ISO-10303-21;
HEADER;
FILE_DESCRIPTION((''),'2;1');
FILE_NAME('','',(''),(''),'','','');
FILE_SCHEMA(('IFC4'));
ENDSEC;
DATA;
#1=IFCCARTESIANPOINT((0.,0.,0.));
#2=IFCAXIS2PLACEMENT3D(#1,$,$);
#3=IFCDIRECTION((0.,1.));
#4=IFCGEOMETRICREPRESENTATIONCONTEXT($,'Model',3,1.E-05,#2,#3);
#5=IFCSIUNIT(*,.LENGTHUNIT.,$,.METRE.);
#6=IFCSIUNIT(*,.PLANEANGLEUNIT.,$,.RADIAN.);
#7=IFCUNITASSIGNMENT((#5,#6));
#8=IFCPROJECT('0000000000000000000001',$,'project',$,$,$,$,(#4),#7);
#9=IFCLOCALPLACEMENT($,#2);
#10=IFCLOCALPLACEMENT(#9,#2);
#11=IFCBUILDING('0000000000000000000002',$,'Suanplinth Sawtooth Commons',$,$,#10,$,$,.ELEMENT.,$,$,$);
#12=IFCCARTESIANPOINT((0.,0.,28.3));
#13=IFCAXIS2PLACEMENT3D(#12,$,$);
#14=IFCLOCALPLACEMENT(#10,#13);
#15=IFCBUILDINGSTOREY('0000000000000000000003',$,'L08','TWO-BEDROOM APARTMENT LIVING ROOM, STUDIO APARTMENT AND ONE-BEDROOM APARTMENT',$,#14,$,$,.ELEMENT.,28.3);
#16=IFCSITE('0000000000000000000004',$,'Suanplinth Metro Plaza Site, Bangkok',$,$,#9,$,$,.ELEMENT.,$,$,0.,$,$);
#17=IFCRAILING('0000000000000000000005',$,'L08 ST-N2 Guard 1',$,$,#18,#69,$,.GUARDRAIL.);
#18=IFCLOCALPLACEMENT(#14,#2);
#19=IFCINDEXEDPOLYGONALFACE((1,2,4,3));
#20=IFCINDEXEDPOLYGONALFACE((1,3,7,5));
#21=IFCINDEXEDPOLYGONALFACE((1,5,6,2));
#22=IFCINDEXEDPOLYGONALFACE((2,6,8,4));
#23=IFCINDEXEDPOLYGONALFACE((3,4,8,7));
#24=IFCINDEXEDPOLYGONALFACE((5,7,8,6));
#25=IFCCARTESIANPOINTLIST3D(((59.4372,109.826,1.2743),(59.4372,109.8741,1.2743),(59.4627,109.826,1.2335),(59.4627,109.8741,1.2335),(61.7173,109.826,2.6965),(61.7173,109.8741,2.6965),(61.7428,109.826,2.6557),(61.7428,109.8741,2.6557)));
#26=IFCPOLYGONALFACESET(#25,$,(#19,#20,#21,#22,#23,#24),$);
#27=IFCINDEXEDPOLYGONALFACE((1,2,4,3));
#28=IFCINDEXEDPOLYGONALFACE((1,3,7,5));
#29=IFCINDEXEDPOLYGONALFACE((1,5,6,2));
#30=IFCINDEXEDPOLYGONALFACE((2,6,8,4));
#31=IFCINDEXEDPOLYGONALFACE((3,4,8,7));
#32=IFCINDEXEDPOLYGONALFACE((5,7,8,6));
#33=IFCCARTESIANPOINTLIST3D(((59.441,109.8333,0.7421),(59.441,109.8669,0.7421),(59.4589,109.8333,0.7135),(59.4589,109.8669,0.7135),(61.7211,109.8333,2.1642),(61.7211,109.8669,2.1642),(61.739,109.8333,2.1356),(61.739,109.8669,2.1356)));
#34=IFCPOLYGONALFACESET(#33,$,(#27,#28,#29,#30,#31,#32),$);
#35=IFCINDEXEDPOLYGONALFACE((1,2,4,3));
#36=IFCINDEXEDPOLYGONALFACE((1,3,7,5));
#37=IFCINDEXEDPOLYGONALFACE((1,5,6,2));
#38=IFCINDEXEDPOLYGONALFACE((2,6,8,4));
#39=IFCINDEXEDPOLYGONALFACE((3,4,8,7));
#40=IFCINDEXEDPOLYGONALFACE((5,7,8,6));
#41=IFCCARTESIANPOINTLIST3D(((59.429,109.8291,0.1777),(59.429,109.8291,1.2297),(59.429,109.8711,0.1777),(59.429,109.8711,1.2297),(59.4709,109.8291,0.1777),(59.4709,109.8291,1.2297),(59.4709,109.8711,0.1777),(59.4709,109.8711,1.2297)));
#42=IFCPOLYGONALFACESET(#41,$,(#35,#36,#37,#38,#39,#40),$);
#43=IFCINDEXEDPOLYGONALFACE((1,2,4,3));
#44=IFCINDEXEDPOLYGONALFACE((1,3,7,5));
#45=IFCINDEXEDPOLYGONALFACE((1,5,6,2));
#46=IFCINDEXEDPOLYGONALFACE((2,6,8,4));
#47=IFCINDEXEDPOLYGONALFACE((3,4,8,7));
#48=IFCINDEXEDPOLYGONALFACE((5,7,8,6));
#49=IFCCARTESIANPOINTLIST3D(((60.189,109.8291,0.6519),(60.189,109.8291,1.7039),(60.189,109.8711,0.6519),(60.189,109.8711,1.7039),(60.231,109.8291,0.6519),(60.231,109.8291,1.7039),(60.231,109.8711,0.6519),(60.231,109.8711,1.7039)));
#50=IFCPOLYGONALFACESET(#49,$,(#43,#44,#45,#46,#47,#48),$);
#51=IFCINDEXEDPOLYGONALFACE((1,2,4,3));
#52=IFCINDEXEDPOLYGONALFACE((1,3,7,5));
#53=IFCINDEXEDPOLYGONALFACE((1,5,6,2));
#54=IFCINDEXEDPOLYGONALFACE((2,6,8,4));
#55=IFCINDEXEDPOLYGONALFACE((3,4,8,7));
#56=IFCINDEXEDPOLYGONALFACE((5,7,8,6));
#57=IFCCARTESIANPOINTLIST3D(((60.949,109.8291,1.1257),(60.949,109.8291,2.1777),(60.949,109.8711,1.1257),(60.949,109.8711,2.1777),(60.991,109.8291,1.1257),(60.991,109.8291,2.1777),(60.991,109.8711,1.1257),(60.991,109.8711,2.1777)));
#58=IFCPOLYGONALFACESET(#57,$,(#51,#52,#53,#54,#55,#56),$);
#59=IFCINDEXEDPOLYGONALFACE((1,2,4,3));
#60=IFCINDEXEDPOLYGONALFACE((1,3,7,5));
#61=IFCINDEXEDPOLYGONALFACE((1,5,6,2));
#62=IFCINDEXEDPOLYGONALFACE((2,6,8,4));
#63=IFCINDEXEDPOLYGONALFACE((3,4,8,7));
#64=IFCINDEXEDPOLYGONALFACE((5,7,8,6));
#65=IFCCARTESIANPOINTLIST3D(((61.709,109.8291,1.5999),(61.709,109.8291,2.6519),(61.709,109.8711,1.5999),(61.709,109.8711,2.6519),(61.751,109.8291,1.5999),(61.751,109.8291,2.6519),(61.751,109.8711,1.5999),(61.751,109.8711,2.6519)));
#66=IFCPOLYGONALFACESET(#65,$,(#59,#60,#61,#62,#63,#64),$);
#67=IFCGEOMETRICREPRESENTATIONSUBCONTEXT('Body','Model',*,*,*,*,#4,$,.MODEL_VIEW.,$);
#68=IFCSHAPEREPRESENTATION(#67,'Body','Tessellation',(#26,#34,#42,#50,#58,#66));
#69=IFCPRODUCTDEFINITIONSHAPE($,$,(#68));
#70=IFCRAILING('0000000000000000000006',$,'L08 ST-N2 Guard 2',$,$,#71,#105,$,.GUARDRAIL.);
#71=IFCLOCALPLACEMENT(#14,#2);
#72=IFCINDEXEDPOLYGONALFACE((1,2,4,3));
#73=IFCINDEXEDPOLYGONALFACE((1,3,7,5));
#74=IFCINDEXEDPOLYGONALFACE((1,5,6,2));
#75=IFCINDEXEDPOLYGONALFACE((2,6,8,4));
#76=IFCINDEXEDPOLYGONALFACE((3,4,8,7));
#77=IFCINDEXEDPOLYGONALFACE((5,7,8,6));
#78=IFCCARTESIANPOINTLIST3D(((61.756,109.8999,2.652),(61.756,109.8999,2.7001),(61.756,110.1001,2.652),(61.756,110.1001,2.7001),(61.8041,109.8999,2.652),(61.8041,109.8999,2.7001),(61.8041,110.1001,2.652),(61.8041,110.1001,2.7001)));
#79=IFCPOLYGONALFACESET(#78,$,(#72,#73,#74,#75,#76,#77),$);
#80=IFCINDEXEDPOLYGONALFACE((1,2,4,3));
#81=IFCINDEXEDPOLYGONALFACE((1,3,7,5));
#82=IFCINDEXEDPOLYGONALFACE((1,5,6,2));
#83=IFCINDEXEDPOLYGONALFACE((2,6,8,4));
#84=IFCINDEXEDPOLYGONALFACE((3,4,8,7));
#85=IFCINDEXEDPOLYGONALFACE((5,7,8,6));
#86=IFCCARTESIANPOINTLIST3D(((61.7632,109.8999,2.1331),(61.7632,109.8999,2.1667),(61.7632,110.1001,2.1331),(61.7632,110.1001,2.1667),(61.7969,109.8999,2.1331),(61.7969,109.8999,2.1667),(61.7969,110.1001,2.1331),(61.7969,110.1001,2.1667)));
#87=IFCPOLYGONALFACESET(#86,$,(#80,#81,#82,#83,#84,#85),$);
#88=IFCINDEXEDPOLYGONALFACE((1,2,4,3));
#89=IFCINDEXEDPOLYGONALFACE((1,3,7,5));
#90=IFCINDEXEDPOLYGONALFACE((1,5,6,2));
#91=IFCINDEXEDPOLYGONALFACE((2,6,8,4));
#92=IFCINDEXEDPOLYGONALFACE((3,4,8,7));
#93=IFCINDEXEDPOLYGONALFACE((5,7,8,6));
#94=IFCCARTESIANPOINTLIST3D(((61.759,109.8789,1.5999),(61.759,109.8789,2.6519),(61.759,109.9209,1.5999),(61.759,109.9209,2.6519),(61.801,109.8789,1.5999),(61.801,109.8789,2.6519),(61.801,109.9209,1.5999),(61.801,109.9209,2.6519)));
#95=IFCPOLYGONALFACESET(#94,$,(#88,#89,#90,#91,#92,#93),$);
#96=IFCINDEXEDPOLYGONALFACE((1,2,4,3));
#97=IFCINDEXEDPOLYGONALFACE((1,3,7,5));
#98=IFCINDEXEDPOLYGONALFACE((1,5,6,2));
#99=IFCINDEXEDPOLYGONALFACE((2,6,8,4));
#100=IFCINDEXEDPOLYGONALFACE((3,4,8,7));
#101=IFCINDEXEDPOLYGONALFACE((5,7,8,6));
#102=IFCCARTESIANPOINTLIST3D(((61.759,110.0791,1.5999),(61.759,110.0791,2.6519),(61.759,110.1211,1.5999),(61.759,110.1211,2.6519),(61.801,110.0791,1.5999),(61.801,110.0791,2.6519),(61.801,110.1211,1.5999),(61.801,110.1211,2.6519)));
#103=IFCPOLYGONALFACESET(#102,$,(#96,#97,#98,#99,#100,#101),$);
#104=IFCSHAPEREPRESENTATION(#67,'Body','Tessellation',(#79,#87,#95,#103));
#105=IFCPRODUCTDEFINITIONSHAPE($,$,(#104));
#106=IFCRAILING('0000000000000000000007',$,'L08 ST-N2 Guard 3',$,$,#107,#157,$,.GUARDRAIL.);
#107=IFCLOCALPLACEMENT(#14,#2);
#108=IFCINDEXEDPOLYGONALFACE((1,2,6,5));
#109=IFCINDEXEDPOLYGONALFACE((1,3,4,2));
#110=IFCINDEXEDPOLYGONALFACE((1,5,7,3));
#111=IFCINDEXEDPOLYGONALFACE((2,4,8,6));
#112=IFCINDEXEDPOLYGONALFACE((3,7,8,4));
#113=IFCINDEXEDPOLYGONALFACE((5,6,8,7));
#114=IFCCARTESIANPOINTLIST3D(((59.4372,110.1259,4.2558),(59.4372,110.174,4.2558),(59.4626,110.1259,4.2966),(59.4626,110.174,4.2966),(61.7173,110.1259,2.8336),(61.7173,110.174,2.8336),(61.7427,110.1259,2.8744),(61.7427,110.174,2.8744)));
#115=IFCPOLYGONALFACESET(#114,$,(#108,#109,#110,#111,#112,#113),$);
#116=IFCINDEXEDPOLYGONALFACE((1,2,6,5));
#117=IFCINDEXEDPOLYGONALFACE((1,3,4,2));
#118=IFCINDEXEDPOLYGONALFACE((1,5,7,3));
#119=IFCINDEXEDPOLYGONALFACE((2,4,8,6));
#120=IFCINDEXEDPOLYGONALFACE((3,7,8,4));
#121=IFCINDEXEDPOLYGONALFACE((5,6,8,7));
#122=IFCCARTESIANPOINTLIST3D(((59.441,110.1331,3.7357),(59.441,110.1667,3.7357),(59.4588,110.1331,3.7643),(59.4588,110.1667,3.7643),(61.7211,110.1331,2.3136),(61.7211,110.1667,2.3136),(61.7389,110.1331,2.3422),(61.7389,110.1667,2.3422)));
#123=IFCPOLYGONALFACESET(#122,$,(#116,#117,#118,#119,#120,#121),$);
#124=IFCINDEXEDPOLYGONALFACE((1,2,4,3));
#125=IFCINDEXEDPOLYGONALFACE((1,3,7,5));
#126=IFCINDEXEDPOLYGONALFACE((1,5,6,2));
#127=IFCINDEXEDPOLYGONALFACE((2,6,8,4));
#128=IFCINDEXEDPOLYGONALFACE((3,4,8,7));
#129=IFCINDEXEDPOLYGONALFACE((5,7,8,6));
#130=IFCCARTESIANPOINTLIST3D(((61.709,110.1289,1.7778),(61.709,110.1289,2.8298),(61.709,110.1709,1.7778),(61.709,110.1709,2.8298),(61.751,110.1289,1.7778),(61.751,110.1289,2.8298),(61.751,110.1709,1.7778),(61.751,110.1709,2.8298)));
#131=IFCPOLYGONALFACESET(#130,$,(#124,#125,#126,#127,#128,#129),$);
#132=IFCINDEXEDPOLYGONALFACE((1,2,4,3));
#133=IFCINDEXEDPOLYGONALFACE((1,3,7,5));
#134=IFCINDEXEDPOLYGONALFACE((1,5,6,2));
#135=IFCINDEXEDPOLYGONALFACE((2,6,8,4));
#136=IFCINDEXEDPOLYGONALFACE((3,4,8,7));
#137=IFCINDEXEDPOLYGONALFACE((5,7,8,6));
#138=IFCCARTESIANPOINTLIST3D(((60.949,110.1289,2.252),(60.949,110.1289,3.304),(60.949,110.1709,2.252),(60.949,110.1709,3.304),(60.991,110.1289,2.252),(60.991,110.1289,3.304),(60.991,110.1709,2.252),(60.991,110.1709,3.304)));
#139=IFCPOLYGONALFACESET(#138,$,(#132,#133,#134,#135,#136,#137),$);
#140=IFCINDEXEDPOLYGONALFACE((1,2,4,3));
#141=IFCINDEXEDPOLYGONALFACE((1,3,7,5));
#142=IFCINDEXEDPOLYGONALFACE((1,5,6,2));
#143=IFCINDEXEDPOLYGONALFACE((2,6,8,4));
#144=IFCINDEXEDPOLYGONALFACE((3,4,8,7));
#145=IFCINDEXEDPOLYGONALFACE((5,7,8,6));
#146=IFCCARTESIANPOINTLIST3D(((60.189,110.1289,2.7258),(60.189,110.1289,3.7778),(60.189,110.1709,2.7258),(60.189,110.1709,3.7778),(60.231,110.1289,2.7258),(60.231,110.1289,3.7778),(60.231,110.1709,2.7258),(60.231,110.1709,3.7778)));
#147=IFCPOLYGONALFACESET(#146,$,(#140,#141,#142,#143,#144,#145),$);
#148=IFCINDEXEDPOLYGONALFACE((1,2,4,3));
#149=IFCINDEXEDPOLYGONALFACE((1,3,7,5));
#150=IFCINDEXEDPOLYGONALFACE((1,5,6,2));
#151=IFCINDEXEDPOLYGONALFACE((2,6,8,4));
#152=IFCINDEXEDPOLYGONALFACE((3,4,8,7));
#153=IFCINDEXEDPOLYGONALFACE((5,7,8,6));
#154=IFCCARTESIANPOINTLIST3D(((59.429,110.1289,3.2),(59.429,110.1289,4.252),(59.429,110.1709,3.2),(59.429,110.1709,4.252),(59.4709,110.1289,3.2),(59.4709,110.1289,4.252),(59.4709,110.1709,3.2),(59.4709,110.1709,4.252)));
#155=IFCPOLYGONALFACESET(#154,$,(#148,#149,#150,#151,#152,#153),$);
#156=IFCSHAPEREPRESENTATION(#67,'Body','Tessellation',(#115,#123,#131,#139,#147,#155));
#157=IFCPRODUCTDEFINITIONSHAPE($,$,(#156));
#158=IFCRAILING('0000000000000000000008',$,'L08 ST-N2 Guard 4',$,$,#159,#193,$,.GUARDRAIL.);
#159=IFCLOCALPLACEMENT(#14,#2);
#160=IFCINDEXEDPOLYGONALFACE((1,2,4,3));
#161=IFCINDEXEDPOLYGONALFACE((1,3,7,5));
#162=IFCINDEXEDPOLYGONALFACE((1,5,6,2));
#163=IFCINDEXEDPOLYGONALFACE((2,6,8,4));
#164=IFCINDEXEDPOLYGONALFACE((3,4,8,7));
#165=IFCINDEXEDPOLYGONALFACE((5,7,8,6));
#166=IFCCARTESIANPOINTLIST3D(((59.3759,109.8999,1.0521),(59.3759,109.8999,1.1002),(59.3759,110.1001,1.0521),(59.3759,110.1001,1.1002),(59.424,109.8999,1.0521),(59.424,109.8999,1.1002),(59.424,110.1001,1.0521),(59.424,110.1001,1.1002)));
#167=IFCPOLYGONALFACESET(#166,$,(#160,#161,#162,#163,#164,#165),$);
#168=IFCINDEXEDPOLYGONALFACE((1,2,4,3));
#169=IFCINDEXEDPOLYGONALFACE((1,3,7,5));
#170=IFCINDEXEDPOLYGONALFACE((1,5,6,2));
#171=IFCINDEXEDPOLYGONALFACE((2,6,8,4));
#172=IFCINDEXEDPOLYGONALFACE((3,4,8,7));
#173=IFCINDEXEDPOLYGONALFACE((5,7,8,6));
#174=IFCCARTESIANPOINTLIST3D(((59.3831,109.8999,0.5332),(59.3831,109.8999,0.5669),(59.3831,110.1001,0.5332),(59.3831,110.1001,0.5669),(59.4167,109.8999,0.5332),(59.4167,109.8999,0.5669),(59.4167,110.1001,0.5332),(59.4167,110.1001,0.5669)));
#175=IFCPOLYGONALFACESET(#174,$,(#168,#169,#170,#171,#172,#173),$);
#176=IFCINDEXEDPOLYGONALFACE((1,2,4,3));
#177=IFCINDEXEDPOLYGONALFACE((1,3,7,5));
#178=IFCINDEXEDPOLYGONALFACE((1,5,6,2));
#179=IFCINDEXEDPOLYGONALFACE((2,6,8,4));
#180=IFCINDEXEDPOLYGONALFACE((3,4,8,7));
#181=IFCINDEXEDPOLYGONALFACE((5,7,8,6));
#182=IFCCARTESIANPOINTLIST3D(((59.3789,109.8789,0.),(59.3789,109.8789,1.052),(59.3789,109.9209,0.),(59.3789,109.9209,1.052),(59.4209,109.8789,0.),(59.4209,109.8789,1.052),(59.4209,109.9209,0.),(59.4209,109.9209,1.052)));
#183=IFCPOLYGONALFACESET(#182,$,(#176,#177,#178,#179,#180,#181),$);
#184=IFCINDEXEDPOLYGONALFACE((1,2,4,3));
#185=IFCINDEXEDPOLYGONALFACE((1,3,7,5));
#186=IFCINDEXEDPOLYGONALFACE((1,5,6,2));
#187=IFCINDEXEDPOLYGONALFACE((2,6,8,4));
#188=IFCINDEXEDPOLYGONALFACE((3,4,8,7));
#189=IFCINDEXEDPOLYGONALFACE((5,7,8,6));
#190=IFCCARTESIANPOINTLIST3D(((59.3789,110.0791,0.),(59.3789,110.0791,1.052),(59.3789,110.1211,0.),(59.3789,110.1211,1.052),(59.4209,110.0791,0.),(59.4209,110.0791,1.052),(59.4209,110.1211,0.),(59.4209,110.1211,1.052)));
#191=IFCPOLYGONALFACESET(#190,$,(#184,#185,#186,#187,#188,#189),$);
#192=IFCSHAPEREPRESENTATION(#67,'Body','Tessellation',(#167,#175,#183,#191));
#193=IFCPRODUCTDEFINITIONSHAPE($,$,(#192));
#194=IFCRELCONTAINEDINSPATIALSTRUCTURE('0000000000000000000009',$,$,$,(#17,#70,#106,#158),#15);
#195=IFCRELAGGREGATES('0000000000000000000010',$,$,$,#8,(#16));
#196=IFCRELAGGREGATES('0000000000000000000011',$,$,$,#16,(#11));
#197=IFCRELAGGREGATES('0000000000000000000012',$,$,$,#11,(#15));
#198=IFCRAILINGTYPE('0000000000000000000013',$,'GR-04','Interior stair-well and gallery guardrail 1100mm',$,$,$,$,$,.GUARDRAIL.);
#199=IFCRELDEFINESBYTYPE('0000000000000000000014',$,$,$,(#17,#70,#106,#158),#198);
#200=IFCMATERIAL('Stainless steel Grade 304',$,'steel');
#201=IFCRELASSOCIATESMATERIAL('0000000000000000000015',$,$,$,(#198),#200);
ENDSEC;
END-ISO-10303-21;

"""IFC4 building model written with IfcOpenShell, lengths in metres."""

from ifc_helpers import new_model, si_unit, direction, frame, origin, origin_2d, place, context, subcontext, project, spatial, rectangle, extrude, material, type_object, element, save


model = new_model("IFC4")

# Units and contexts
model_context = context("Model", 3, precision=1e-05, world=origin(), true_north=direction((0.0, 1.0)))
body_context = subcontext(model_context, "Body", "Model", "MODEL_VIEW")
ifc_project = project(units=[si_unit("LENGTHUNIT", "METRE"), si_unit("PLANEANGLEUNIT", "RADIAN")], contexts=[model_context])

# Site, building, storey
site_placement = place(None, origin())
site = spatial("IfcSite", under=ifc_project, at=site_placement, Name="Suanplinth Metro Plaza Site, Bangkok", CompositionType="ELEMENT", RefElevation=0.0)
building_placement = place(site_placement, origin())
building = spatial("IfcBuilding", under=site, at=building_placement, Name="Suanplinth Sawtooth Commons", CompositionType="ELEMENT")
storey_placement = place(building_placement, frame((0.0, 0.0, 28.3)))
storey = spatial("IfcBuildingStorey", under=building, at=storey_placement, Name="L08", Description="TWO-BEDROOM APARTMENT LIVING ROOM, STUDIO APARTMENT AND ONE-BEDROOM APARTMENT", CompositionType="ELEMENT", Elevation=28.3)

# Shared definitions
ifc_material_1 = material(Name="Stainless steel Grade 304", Category="steel")

# Railings
railing_type_1 = type_object("IfcRailingType", Name="GR-04", Description="Interior stair-well and gallery guardrail 1100mm", PredefinedType="GUARDRAIL", material=ifc_material_1)
railing_1_placement = place(storey_placement, frame((59.45, 109.8501, 0.1777)))
element("IfcRailing", 1, at=railing_1_placement, inside=storey, type_object=railing_type_1, Name="L08 ST-N2 Guard 1", PredefinedType="GUARDRAIL", context=body_context, shape_type="SweptSolid", body=[
    extrude(rectangle(XDim=0.0481, YDim=0.0481, at=origin_2d()), frame((0.0, 0.0, 1.0762), z_axis=(0.848483, 0.0, 0.529223), x_axis=(0.0, 1.0, 0.0)), (0.0, 0.0, 1.0), 2.6873),
    extrude(rectangle(XDim=0.0337, YDim=0.0337, at=origin_2d()), frame((0.0, 0.0, 0.55), z_axis=(0.848483, 0.0, 0.529223), x_axis=(0.0, 1.0, 0.0)), (0.0, 0.0, 1.0), 2.6873),
    extrude(rectangle(XDim=0.042, YDim=0.042, at=origin_2d()), origin(), (0.0, 0.0, 1.0), 1.052),
    extrude(rectangle(XDim=0.042, YDim=0.042, at=origin_2d()), frame((0.76, 0.0, 0.4741)), (0.0, 0.0, 1.0), 1.052),
    extrude(rectangle(XDim=0.042, YDim=0.042, at=origin_2d()), frame((1.52, 0.0, 0.948)), (0.0, 0.0, 1.0), 1.052),
    extrude(rectangle(XDim=0.042, YDim=0.042, at=origin_2d()), frame((2.28, 0.0, 1.4221)), (0.0, 0.0, 1.0), 1.052),
])
railing_2_placement = place(storey_placement, frame((61.78, 109.8999, 1.5999)))
element("IfcRailing", 2, at=railing_2_placement, inside=storey, type_object=railing_type_1, Name="L08 ST-N2 Guard 2", PredefinedType="GUARDRAIL", context=body_context, shape_type="SweptSolid", body=[
    extrude(rectangle(XDim=0.0481, YDim=0.0481, at=origin_2d()), frame((0.0, 0.0, 1.0762), z_axis=(0.0, 1.0, 0.0), x_axis=(-1.0, 0.0, 0.0)), (0.0, 0.0, 1.0), 0.2002),
    extrude(rectangle(XDim=0.0337, YDim=0.0337, at=origin_2d()), frame((0.0, 0.0, 0.55), z_axis=(0.0, 1.0, 0.0), x_axis=(-1.0, 0.0, 0.0)), (0.0, 0.0, 1.0), 0.2002),
    extrude(rectangle(XDim=0.042, YDim=0.042, at=origin_2d()), origin(), (0.0, 0.0, 1.0), 1.052),
    extrude(rectangle(XDim=0.042, YDim=0.042, at=origin_2d()), frame((0.0, 0.2002, 0.0)), (0.0, 0.0, 1.0), 1.052),
])
railing_3_placement = place(storey_placement, frame((61.73, 110.1499, 1.7778)))
element("IfcRailing", 3, at=railing_3_placement, inside=storey, type_object=railing_type_1, Name="L08 ST-N2 Guard 3", PredefinedType="GUARDRAIL", context=body_context, shape_type="SweptSolid", body=[
    extrude(rectangle(XDim=0.0481, YDim=0.0481, at=origin_2d()), frame((0.0, 0.0, 1.0762), z_axis=(-0.848483, 0.0, 0.529223), x_axis=(0.0, -1.0, 0.0)), (0.0, 0.0, 1.0), 2.6873),
    extrude(rectangle(XDim=0.0337, YDim=0.0337, at=origin_2d()), frame((0.0, 0.0, 0.55), z_axis=(-0.848483, 0.0, 0.529223), x_axis=(0.0, -1.0, 0.0)), (0.0, 0.0, 1.0), 2.6873),
    extrude(rectangle(XDim=0.042, YDim=0.042, at=origin_2d()), origin(), (0.0, 0.0, 1.0), 1.052),
    extrude(rectangle(XDim=0.042, YDim=0.042, at=origin_2d()), frame((-0.76, 0.0, 0.4741)), (0.0, 0.0, 1.0), 1.052),
    extrude(rectangle(XDim=0.042, YDim=0.042, at=origin_2d()), frame((-1.52, 0.0, 0.948)), (0.0, 0.0, 1.0), 1.052),
    extrude(rectangle(XDim=0.042, YDim=0.042, at=origin_2d()), frame((-2.28, 0.0, 1.4221)), (0.0, 0.0, 1.0), 1.052),
])
railing_4_placement = place(storey_placement, frame((59.3999, 109.8999, 0.0)))
element("IfcRailing", 4, at=railing_4_placement, inside=storey, type_object=railing_type_1, Name="L08 ST-N2 Guard 4", PredefinedType="GUARDRAIL", context=body_context, shape_type="SweptSolid", body=[
    extrude(rectangle(XDim=0.0481, YDim=0.0481, at=origin_2d()), frame((0.0, 0.0, 1.0762), z_axis=(0.0, 1.0, 0.0), x_axis=(-1.0, 0.0, 0.0)), (0.0, 0.0, 1.0), 0.2002),
    extrude(rectangle(XDim=0.0337, YDim=0.0337, at=origin_2d()), frame((0.0, 0.0, 0.55), z_axis=(0.0, 1.0, 0.0), x_axis=(-1.0, 0.0, 0.0)), (0.0, 0.0, 1.0), 0.2002),
    extrude(rectangle(XDim=0.042, YDim=0.042, at=origin_2d()), origin(), (0.0, 0.0, 1.0), 1.052),
    extrude(rectangle(XDim=0.042, YDim=0.042, at=origin_2d()), frame((0.0, 0.2002, 0.0)), (0.0, 0.0, 1.0), 1.052),
])

save(model, "model.ifc")
